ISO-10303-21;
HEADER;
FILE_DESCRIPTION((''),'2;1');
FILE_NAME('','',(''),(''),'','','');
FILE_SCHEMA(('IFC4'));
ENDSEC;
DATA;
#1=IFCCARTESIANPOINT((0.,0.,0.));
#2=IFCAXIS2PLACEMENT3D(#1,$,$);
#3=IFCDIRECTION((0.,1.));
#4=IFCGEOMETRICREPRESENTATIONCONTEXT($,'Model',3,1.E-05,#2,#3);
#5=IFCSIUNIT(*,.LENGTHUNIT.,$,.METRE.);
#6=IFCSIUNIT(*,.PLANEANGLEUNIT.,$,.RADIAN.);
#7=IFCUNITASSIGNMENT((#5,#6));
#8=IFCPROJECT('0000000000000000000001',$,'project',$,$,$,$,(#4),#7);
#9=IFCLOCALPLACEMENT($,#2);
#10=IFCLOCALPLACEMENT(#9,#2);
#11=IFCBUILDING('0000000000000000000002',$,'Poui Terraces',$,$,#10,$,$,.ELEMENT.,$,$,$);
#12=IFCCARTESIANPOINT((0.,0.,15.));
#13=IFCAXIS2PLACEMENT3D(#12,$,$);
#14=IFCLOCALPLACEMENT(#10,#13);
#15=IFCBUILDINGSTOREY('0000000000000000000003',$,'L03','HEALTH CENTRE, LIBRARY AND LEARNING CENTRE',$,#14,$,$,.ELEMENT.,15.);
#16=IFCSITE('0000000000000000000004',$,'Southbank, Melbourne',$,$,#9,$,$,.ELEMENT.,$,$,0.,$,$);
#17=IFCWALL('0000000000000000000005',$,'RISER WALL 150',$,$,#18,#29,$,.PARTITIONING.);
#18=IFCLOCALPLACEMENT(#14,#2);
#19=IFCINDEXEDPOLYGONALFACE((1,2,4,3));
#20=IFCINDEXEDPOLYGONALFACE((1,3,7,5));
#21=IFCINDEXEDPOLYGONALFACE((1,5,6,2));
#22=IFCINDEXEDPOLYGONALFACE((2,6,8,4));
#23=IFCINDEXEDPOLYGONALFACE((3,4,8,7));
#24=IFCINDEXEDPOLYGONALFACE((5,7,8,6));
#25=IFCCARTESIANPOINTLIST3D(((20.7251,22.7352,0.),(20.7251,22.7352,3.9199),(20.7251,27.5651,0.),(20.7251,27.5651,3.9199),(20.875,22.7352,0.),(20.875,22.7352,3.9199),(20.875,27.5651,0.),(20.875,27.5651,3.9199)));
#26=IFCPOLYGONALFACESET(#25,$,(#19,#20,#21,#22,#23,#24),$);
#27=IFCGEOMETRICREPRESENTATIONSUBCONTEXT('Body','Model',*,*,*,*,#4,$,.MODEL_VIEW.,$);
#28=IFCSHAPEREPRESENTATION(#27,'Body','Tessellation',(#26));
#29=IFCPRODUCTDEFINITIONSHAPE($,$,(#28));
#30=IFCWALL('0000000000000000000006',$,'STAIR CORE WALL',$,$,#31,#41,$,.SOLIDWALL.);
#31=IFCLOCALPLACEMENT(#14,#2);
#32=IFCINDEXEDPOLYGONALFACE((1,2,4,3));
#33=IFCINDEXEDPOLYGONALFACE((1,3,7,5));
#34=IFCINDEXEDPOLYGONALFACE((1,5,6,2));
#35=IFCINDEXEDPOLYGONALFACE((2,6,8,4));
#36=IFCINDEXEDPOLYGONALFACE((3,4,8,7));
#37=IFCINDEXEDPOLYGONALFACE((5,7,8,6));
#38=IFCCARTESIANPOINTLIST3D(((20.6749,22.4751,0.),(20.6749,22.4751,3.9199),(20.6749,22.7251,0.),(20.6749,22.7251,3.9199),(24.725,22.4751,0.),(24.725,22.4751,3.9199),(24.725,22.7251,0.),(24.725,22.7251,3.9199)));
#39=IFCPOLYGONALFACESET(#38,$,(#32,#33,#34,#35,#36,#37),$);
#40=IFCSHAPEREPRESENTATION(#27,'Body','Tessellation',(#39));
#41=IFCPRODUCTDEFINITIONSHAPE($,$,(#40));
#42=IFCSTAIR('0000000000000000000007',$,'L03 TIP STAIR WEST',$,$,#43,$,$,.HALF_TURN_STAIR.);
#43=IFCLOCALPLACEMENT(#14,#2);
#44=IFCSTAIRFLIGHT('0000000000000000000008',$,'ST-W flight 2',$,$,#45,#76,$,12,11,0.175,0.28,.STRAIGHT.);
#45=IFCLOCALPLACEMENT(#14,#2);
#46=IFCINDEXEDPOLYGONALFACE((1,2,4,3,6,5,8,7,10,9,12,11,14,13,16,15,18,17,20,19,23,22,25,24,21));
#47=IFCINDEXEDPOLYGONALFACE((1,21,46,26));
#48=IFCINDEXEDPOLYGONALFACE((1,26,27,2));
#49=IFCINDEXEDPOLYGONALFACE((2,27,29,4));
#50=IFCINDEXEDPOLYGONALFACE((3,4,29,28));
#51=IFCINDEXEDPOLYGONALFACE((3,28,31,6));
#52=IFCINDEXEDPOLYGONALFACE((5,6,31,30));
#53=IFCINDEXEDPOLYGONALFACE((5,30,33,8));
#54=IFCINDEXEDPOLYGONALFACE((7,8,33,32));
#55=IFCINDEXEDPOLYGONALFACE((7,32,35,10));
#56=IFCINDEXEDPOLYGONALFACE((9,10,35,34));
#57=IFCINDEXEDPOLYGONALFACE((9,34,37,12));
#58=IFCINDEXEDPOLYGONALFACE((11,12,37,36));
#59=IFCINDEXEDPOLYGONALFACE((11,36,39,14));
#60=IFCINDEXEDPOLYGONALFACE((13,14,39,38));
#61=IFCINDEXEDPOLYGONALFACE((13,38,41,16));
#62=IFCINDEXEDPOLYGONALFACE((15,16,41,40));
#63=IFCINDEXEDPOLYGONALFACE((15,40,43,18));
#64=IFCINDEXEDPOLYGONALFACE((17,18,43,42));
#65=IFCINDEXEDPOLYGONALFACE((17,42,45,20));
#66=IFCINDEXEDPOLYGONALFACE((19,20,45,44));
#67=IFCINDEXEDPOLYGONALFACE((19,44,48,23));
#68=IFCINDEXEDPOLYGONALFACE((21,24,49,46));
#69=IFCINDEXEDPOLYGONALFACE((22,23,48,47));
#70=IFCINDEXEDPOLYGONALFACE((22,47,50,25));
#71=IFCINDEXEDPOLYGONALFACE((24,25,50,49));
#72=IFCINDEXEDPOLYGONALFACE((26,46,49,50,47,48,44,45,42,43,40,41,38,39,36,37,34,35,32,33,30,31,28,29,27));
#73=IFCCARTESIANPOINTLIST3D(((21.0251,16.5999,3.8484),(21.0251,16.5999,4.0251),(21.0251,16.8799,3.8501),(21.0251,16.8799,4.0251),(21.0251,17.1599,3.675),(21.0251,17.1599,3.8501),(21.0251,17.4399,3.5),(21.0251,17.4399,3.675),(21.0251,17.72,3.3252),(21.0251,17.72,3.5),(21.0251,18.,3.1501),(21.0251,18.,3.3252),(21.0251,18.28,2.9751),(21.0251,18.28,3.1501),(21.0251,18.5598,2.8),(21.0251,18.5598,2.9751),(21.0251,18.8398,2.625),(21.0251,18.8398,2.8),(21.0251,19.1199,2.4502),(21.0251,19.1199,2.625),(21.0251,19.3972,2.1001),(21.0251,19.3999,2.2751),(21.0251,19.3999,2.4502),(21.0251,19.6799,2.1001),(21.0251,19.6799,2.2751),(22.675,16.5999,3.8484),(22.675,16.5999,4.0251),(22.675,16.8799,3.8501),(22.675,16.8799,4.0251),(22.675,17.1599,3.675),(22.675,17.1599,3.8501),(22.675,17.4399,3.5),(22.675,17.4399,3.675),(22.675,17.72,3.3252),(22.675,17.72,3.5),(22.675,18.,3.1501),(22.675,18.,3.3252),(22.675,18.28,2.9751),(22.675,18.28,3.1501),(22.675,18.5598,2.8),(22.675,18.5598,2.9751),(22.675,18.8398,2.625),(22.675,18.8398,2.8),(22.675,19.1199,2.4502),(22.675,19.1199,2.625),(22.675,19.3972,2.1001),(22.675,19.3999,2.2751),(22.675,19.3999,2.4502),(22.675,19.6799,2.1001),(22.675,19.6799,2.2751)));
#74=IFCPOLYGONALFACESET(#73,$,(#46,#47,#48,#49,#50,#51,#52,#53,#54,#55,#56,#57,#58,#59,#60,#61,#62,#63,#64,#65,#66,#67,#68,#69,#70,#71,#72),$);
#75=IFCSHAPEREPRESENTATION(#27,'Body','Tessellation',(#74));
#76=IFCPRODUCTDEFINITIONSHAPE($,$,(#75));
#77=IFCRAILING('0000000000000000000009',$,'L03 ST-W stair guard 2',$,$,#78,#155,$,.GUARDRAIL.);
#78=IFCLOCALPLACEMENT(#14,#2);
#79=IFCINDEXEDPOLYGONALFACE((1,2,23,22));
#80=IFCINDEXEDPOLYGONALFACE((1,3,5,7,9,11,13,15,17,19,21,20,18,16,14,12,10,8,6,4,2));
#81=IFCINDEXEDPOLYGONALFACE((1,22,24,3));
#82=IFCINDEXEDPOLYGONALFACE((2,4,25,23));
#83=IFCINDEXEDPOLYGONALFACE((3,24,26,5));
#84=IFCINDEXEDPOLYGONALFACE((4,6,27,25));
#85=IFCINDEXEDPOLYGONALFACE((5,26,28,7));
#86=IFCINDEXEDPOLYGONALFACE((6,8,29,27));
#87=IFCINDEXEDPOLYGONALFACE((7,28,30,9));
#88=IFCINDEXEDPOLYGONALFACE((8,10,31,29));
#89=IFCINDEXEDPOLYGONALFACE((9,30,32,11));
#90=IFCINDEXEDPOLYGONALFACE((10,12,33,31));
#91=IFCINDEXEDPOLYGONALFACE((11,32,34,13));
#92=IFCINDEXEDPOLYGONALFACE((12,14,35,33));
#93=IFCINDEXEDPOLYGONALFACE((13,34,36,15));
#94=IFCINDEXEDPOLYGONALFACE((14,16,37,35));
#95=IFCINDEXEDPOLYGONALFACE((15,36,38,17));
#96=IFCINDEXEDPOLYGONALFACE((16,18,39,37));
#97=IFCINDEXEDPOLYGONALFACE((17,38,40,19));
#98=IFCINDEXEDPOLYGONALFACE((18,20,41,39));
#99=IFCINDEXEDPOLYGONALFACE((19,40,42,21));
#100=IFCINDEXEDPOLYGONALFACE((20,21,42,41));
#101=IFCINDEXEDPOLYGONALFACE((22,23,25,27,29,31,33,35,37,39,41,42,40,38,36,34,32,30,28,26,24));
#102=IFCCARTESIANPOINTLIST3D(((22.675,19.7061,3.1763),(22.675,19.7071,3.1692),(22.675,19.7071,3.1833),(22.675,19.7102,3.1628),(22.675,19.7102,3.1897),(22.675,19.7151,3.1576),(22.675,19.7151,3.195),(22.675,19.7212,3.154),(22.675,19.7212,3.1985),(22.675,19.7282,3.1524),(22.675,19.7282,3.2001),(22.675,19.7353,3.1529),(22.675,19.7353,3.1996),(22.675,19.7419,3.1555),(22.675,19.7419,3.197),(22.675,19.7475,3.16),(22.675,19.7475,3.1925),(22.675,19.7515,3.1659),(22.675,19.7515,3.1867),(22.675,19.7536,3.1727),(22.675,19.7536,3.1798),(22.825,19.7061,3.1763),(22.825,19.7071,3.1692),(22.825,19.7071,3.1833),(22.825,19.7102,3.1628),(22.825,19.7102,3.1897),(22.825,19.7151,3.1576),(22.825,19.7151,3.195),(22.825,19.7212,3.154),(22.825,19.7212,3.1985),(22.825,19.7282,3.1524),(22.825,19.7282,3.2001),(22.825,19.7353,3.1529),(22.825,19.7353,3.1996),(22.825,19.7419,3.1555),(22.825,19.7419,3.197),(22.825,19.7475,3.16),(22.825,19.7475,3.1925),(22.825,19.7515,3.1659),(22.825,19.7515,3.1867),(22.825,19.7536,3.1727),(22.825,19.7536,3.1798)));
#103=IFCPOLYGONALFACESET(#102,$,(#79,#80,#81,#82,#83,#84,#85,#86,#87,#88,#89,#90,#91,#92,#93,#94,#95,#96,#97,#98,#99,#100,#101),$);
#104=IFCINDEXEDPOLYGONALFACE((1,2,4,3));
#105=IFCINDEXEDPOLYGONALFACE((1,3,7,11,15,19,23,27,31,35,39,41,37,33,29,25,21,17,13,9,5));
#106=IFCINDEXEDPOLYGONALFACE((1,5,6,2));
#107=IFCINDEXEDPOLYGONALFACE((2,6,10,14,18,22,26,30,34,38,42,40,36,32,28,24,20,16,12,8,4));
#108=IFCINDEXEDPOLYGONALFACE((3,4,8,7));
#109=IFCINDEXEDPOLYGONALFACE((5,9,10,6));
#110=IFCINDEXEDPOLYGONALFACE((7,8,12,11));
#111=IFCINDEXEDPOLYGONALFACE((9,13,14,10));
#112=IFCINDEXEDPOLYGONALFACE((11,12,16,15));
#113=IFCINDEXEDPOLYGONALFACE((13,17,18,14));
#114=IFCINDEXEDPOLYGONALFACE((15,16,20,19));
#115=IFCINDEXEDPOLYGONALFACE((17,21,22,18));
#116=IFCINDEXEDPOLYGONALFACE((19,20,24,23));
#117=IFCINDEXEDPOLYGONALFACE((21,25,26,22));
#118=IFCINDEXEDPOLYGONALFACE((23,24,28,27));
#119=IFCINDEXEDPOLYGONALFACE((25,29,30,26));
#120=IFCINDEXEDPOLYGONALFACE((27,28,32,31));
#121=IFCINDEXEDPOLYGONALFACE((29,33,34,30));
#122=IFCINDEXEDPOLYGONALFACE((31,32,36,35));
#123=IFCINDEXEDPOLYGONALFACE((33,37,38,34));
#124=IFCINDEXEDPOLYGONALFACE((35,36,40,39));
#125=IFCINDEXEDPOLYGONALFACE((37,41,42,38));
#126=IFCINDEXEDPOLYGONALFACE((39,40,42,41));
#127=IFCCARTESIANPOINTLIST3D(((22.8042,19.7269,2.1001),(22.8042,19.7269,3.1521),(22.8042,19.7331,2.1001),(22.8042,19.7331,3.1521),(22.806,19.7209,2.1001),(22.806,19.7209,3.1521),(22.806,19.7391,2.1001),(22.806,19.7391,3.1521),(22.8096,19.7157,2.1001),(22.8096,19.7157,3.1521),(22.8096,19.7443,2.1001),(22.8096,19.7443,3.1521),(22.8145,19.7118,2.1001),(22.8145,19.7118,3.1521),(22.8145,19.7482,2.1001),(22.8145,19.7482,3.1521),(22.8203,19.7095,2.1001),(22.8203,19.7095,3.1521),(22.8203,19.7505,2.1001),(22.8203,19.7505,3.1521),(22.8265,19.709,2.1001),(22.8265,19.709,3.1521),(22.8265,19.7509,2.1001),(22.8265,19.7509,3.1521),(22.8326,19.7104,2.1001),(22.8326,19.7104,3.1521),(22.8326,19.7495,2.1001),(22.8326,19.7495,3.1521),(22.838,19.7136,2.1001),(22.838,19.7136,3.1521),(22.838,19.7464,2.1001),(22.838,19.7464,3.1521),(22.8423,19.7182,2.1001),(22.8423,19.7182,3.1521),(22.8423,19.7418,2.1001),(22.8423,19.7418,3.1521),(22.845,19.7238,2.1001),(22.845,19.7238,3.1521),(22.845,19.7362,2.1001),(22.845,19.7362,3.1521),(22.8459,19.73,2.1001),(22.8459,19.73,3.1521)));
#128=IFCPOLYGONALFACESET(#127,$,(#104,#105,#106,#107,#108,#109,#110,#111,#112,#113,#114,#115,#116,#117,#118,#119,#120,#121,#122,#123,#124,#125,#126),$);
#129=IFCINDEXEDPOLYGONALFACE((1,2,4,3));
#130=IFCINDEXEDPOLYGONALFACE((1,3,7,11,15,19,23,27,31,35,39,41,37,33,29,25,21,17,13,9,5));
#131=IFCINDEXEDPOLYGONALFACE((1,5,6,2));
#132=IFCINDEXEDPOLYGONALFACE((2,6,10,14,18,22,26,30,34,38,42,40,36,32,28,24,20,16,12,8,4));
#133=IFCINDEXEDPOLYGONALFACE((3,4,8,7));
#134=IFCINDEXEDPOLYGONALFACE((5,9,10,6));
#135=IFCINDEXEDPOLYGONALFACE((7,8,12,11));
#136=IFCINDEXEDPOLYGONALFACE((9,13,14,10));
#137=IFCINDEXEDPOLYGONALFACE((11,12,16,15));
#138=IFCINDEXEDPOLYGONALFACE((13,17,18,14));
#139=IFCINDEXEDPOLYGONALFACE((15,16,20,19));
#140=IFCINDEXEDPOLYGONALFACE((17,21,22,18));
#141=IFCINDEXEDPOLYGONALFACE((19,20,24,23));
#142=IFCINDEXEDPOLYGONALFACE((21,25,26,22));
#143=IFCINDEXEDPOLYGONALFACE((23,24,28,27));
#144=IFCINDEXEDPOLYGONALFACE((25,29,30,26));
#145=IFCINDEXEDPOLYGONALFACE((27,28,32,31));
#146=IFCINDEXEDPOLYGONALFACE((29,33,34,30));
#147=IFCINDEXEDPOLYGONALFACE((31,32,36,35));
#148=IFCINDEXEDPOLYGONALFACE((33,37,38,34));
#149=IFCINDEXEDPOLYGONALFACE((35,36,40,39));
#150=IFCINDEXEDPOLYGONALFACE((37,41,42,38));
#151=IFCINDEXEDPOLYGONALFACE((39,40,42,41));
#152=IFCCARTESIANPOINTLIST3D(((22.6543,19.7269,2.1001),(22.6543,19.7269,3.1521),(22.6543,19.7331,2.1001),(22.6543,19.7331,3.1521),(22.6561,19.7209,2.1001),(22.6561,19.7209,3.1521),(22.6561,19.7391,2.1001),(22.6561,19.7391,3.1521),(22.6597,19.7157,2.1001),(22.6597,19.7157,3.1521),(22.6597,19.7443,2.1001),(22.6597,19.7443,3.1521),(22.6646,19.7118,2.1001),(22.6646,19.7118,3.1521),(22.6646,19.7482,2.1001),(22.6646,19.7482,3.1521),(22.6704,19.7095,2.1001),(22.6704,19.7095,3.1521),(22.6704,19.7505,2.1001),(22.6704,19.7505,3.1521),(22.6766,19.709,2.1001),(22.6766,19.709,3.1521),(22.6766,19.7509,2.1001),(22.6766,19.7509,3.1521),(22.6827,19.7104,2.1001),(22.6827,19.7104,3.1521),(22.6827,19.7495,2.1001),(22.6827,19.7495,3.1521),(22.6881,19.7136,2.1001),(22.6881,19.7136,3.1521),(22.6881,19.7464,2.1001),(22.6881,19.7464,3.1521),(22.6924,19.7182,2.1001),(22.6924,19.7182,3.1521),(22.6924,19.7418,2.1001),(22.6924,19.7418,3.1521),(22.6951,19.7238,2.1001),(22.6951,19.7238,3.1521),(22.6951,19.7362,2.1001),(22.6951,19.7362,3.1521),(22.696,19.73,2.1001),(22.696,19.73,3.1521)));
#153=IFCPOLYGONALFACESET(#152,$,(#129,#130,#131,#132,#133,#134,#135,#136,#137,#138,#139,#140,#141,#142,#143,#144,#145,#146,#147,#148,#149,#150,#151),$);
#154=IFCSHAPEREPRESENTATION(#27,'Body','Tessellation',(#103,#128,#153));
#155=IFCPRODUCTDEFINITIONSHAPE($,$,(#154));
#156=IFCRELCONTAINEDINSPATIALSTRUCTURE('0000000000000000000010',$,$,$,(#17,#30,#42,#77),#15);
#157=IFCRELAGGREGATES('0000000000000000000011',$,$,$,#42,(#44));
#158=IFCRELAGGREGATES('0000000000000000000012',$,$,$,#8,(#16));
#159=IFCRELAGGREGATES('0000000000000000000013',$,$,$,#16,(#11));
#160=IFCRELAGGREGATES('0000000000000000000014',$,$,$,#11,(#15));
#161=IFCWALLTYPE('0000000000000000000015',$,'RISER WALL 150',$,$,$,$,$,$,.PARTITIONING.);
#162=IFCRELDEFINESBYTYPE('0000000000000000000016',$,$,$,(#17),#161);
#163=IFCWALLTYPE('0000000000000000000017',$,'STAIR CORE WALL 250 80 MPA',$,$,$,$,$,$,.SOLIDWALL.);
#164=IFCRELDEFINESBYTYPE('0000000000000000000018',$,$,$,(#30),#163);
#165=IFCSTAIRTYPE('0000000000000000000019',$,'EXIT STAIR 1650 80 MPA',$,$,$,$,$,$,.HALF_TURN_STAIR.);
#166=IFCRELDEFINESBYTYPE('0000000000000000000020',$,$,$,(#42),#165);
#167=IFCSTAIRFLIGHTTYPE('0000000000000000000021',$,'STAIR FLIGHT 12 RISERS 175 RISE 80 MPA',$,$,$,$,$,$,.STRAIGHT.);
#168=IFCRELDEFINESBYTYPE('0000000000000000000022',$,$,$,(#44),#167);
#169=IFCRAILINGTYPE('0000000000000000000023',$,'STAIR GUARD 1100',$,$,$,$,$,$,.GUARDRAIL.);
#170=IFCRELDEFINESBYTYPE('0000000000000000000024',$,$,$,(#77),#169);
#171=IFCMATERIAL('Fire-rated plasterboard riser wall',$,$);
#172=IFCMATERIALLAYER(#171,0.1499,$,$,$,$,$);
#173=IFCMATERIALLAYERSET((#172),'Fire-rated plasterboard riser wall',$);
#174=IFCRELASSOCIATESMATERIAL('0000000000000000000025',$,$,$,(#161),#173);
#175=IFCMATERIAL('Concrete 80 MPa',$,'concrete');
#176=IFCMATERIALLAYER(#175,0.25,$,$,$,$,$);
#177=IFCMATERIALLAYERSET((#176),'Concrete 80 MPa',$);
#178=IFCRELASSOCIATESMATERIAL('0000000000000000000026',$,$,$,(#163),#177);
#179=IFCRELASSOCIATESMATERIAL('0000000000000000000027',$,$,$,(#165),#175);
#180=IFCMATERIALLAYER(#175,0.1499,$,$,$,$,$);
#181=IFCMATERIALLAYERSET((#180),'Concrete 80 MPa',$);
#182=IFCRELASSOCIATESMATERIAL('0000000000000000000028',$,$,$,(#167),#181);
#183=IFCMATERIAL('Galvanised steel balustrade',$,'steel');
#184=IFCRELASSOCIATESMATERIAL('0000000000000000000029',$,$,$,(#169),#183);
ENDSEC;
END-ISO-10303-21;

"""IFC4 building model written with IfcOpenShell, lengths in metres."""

from ifc_helpers import new_model, si_unit, direction, frame, frame_2d, origin, origin_2d, place, context, subcontext, project, spatial, polyline, rectangle, circle, outline, extrude, material, layer, layer_set, type_object, element, aggregate, save


model = new_model("IFC4")

# Units and contexts
model_context = context("Model", 3, precision=1e-05, world=origin(), true_north=direction((0.0, 1.0)))
body_context = subcontext(model_context, "Body", "Model", "MODEL_VIEW")
ifc_project = project(units=[si_unit("LENGTHUNIT", "METRE"), si_unit("PLANEANGLEUNIT", "RADIAN")], contexts=[model_context])

# Site, building, storey
site_placement = place(None, origin())
site = spatial("IfcSite", under=ifc_project, at=site_placement, Name="Southbank, Melbourne", CompositionType="ELEMENT", RefElevation=0.0)
building_placement = place(site_placement, origin())
building = spatial("IfcBuilding", under=site, at=building_placement, Name="Poui Terraces", CompositionType="ELEMENT")
storey_placement = place(building_placement, frame((0.0, 0.0, 15.0)))
storey = spatial("IfcBuildingStorey", under=building, at=storey_placement, Name="L03", Description="HEALTH CENTRE, LIBRARY AND LEARNING CENTRE", CompositionType="ELEMENT", Elevation=15.0)

# Wall
ifc_material_1 = material(Name="Fire-rated plasterboard riser wall")
ifc_layer_1 = layer(ifc_material_1, 0.1499)
ifc_layer_set_1 = layer_set([ifc_layer_1], Name="Fire-rated plasterboard riser wall")
wall_type_1 = type_object("IfcWallType", Name="RISER WALL 150", PredefinedType="PARTITIONING", material=ifc_layer_set_1)
wall_1_placement = place(storey_placement, frame((20.8, 22.7351, 0.0), z_axis=(0.0, 0.0, 1.0), x_axis=(0.0, 1.0, 0.0)))
element("IfcWall", 1, at=wall_1_placement, inside=storey, type_object=wall_type_1, Name="RISER WALL 150", PredefinedType="PARTITIONING", context=body_context, shape_type="SweptSolid", body=[
    extrude(rectangle(XDim=4.8298, YDim=0.1499, at=frame_2d((2.415, 0.0))), origin(), (0.0, 0.0, 1.0), 3.9199),
])

# Shared definitions
ifc_material_2 = material(Name="Concrete 80 MPa", Category="concrete")

# Wall
ifc_layer_2 = layer(ifc_material_2, 0.25)
ifc_layer_set_2 = layer_set([ifc_layer_2], Name="Concrete 80 MPa")
wall_type_2 = type_object("IfcWallType", Name="STAIR CORE WALL 250 80 MPA", PredefinedType="SOLIDWALL", material=ifc_layer_set_2)
wall_2_placement = place(storey_placement, frame((20.675, 22.6001, 0.0), z_axis=(0.0, 0.0, 1.0), x_axis=(1.0, 0.0, 0.0)))
element("IfcWall", 2, at=wall_2_placement, inside=storey, type_object=wall_type_2, Name="STAIR CORE WALL", PredefinedType="SOLIDWALL", context=body_context, shape_type="SweptSolid", body=[
    extrude(rectangle(XDim=4.05, YDim=0.25, at=frame_2d((2.0249, 0.0))), origin(), (0.0, 0.0, 1.0), 3.9199),
])

# Stair, stair flight
stair_type = type_object("IfcStairType", Name="EXIT STAIR 1650 80 MPA", PredefinedType="HALF_TURN_STAIR", material=ifc_material_2)
stair_placement = place(storey_placement, origin())
stair = element("IfcStair", 3, at=stair_placement, inside=storey, type_object=stair_type, Name="L03 TIP STAIR WEST", PredefinedType="HALF_TURN_STAIR")
ifc_layer_3 = layer(ifc_material_2, 0.1499)
ifc_layer_set_3 = layer_set([ifc_layer_3], Name="Concrete 80 MPa")
stair_flight_type = type_object("IfcStairFlightType", Name="STAIR FLIGHT 12 RISERS 175 RISE 80 MPA", PredefinedType="STRAIGHT", material=ifc_layer_set_3)
stair_flight_placement = place(storey_placement, frame((21.8501, 19.6799, 2.1001), z_axis=(0.0, 0.0, 1.0), x_axis=(0.0, -1.0, 0.0)))
stair_flight = element("IfcStairFlight", 4, at=stair_flight_placement, type_object=stair_flight_type, Name="ST-W flight 2", NumberOfRisers=12, NumberOfTreads=11, PredefinedType="STRAIGHT", RiserHeight=0.175, TreadLength=0.28, context=body_context, shape_type="SweptSolid", body=[
    extrude(outline(polyline([(0.0, 0.0), (0.0, 0.175), (0.28, 0.175), (0.28, 0.3501), (0.5601, 0.3501), (0.5601, 0.5249), (0.8401, 0.5249), (0.8401, 0.7), (1.1201, 0.7), (1.1201, 0.875), (1.3999, 0.875), (1.3999, 1.05), (1.6799, 1.05), (1.6799, 1.2251), (1.96, 1.2251), (1.96, 1.3999), (2.24, 1.3999), (2.24, 1.575), (2.52, 1.575), (2.52, 1.75), (2.8, 1.75), (2.8, 1.925), (3.0801, 1.925), (3.0801, 2.1001), (3.0801, 1.7483), (0.2827, 0.0), (0.0, 0.0)])), frame((0.0, 0.825, 0.0), z_axis=(0.0, -1.0, 0.0), x_axis=(1.0, 0.0, 0.0)), (0.0, 0.0, 1.0), 1.6499),
])
aggregate(stair, [stair_flight])

# Railing
ifc_material_3 = material(Name="Galvanised steel balustrade", Category="steel")
railing_type = type_object("IfcRailingType", Name="STAIR GUARD 1100", PredefinedType="GUARDRAIL", material=ifc_material_3)
railing_1_placement = place(storey_placement, frame((22.825, 19.73, 2.1001)))
element("IfcRailing", 5, at=railing_1_placement, inside=storey, type_object=railing_type, Name="L03 ST-W stair guard 2", PredefinedType="GUARDRAIL", context=body_context, shape_type="SweptSolid", body=[
    extrude(circle(Radius=0.0239, at=origin_2d()), frame((0.0, 0.0, 1.0762), z_axis=(-1.0, 0.0, 0.0), x_axis=(0.0, -1.0, 0.0)), (0.0, 0.0, 1.0), 0.1499),
    extrude(circle(Radius=0.021, at=origin_2d()), origin(), (0.0, 0.0, 1.0), 1.052),
    extrude(circle(Radius=0.021, at=origin_2d()), frame((-0.1499, 0.0, 0.0)), (0.0, 0.0, 1.0), 1.052),
])

save(model, "model.ifc")
